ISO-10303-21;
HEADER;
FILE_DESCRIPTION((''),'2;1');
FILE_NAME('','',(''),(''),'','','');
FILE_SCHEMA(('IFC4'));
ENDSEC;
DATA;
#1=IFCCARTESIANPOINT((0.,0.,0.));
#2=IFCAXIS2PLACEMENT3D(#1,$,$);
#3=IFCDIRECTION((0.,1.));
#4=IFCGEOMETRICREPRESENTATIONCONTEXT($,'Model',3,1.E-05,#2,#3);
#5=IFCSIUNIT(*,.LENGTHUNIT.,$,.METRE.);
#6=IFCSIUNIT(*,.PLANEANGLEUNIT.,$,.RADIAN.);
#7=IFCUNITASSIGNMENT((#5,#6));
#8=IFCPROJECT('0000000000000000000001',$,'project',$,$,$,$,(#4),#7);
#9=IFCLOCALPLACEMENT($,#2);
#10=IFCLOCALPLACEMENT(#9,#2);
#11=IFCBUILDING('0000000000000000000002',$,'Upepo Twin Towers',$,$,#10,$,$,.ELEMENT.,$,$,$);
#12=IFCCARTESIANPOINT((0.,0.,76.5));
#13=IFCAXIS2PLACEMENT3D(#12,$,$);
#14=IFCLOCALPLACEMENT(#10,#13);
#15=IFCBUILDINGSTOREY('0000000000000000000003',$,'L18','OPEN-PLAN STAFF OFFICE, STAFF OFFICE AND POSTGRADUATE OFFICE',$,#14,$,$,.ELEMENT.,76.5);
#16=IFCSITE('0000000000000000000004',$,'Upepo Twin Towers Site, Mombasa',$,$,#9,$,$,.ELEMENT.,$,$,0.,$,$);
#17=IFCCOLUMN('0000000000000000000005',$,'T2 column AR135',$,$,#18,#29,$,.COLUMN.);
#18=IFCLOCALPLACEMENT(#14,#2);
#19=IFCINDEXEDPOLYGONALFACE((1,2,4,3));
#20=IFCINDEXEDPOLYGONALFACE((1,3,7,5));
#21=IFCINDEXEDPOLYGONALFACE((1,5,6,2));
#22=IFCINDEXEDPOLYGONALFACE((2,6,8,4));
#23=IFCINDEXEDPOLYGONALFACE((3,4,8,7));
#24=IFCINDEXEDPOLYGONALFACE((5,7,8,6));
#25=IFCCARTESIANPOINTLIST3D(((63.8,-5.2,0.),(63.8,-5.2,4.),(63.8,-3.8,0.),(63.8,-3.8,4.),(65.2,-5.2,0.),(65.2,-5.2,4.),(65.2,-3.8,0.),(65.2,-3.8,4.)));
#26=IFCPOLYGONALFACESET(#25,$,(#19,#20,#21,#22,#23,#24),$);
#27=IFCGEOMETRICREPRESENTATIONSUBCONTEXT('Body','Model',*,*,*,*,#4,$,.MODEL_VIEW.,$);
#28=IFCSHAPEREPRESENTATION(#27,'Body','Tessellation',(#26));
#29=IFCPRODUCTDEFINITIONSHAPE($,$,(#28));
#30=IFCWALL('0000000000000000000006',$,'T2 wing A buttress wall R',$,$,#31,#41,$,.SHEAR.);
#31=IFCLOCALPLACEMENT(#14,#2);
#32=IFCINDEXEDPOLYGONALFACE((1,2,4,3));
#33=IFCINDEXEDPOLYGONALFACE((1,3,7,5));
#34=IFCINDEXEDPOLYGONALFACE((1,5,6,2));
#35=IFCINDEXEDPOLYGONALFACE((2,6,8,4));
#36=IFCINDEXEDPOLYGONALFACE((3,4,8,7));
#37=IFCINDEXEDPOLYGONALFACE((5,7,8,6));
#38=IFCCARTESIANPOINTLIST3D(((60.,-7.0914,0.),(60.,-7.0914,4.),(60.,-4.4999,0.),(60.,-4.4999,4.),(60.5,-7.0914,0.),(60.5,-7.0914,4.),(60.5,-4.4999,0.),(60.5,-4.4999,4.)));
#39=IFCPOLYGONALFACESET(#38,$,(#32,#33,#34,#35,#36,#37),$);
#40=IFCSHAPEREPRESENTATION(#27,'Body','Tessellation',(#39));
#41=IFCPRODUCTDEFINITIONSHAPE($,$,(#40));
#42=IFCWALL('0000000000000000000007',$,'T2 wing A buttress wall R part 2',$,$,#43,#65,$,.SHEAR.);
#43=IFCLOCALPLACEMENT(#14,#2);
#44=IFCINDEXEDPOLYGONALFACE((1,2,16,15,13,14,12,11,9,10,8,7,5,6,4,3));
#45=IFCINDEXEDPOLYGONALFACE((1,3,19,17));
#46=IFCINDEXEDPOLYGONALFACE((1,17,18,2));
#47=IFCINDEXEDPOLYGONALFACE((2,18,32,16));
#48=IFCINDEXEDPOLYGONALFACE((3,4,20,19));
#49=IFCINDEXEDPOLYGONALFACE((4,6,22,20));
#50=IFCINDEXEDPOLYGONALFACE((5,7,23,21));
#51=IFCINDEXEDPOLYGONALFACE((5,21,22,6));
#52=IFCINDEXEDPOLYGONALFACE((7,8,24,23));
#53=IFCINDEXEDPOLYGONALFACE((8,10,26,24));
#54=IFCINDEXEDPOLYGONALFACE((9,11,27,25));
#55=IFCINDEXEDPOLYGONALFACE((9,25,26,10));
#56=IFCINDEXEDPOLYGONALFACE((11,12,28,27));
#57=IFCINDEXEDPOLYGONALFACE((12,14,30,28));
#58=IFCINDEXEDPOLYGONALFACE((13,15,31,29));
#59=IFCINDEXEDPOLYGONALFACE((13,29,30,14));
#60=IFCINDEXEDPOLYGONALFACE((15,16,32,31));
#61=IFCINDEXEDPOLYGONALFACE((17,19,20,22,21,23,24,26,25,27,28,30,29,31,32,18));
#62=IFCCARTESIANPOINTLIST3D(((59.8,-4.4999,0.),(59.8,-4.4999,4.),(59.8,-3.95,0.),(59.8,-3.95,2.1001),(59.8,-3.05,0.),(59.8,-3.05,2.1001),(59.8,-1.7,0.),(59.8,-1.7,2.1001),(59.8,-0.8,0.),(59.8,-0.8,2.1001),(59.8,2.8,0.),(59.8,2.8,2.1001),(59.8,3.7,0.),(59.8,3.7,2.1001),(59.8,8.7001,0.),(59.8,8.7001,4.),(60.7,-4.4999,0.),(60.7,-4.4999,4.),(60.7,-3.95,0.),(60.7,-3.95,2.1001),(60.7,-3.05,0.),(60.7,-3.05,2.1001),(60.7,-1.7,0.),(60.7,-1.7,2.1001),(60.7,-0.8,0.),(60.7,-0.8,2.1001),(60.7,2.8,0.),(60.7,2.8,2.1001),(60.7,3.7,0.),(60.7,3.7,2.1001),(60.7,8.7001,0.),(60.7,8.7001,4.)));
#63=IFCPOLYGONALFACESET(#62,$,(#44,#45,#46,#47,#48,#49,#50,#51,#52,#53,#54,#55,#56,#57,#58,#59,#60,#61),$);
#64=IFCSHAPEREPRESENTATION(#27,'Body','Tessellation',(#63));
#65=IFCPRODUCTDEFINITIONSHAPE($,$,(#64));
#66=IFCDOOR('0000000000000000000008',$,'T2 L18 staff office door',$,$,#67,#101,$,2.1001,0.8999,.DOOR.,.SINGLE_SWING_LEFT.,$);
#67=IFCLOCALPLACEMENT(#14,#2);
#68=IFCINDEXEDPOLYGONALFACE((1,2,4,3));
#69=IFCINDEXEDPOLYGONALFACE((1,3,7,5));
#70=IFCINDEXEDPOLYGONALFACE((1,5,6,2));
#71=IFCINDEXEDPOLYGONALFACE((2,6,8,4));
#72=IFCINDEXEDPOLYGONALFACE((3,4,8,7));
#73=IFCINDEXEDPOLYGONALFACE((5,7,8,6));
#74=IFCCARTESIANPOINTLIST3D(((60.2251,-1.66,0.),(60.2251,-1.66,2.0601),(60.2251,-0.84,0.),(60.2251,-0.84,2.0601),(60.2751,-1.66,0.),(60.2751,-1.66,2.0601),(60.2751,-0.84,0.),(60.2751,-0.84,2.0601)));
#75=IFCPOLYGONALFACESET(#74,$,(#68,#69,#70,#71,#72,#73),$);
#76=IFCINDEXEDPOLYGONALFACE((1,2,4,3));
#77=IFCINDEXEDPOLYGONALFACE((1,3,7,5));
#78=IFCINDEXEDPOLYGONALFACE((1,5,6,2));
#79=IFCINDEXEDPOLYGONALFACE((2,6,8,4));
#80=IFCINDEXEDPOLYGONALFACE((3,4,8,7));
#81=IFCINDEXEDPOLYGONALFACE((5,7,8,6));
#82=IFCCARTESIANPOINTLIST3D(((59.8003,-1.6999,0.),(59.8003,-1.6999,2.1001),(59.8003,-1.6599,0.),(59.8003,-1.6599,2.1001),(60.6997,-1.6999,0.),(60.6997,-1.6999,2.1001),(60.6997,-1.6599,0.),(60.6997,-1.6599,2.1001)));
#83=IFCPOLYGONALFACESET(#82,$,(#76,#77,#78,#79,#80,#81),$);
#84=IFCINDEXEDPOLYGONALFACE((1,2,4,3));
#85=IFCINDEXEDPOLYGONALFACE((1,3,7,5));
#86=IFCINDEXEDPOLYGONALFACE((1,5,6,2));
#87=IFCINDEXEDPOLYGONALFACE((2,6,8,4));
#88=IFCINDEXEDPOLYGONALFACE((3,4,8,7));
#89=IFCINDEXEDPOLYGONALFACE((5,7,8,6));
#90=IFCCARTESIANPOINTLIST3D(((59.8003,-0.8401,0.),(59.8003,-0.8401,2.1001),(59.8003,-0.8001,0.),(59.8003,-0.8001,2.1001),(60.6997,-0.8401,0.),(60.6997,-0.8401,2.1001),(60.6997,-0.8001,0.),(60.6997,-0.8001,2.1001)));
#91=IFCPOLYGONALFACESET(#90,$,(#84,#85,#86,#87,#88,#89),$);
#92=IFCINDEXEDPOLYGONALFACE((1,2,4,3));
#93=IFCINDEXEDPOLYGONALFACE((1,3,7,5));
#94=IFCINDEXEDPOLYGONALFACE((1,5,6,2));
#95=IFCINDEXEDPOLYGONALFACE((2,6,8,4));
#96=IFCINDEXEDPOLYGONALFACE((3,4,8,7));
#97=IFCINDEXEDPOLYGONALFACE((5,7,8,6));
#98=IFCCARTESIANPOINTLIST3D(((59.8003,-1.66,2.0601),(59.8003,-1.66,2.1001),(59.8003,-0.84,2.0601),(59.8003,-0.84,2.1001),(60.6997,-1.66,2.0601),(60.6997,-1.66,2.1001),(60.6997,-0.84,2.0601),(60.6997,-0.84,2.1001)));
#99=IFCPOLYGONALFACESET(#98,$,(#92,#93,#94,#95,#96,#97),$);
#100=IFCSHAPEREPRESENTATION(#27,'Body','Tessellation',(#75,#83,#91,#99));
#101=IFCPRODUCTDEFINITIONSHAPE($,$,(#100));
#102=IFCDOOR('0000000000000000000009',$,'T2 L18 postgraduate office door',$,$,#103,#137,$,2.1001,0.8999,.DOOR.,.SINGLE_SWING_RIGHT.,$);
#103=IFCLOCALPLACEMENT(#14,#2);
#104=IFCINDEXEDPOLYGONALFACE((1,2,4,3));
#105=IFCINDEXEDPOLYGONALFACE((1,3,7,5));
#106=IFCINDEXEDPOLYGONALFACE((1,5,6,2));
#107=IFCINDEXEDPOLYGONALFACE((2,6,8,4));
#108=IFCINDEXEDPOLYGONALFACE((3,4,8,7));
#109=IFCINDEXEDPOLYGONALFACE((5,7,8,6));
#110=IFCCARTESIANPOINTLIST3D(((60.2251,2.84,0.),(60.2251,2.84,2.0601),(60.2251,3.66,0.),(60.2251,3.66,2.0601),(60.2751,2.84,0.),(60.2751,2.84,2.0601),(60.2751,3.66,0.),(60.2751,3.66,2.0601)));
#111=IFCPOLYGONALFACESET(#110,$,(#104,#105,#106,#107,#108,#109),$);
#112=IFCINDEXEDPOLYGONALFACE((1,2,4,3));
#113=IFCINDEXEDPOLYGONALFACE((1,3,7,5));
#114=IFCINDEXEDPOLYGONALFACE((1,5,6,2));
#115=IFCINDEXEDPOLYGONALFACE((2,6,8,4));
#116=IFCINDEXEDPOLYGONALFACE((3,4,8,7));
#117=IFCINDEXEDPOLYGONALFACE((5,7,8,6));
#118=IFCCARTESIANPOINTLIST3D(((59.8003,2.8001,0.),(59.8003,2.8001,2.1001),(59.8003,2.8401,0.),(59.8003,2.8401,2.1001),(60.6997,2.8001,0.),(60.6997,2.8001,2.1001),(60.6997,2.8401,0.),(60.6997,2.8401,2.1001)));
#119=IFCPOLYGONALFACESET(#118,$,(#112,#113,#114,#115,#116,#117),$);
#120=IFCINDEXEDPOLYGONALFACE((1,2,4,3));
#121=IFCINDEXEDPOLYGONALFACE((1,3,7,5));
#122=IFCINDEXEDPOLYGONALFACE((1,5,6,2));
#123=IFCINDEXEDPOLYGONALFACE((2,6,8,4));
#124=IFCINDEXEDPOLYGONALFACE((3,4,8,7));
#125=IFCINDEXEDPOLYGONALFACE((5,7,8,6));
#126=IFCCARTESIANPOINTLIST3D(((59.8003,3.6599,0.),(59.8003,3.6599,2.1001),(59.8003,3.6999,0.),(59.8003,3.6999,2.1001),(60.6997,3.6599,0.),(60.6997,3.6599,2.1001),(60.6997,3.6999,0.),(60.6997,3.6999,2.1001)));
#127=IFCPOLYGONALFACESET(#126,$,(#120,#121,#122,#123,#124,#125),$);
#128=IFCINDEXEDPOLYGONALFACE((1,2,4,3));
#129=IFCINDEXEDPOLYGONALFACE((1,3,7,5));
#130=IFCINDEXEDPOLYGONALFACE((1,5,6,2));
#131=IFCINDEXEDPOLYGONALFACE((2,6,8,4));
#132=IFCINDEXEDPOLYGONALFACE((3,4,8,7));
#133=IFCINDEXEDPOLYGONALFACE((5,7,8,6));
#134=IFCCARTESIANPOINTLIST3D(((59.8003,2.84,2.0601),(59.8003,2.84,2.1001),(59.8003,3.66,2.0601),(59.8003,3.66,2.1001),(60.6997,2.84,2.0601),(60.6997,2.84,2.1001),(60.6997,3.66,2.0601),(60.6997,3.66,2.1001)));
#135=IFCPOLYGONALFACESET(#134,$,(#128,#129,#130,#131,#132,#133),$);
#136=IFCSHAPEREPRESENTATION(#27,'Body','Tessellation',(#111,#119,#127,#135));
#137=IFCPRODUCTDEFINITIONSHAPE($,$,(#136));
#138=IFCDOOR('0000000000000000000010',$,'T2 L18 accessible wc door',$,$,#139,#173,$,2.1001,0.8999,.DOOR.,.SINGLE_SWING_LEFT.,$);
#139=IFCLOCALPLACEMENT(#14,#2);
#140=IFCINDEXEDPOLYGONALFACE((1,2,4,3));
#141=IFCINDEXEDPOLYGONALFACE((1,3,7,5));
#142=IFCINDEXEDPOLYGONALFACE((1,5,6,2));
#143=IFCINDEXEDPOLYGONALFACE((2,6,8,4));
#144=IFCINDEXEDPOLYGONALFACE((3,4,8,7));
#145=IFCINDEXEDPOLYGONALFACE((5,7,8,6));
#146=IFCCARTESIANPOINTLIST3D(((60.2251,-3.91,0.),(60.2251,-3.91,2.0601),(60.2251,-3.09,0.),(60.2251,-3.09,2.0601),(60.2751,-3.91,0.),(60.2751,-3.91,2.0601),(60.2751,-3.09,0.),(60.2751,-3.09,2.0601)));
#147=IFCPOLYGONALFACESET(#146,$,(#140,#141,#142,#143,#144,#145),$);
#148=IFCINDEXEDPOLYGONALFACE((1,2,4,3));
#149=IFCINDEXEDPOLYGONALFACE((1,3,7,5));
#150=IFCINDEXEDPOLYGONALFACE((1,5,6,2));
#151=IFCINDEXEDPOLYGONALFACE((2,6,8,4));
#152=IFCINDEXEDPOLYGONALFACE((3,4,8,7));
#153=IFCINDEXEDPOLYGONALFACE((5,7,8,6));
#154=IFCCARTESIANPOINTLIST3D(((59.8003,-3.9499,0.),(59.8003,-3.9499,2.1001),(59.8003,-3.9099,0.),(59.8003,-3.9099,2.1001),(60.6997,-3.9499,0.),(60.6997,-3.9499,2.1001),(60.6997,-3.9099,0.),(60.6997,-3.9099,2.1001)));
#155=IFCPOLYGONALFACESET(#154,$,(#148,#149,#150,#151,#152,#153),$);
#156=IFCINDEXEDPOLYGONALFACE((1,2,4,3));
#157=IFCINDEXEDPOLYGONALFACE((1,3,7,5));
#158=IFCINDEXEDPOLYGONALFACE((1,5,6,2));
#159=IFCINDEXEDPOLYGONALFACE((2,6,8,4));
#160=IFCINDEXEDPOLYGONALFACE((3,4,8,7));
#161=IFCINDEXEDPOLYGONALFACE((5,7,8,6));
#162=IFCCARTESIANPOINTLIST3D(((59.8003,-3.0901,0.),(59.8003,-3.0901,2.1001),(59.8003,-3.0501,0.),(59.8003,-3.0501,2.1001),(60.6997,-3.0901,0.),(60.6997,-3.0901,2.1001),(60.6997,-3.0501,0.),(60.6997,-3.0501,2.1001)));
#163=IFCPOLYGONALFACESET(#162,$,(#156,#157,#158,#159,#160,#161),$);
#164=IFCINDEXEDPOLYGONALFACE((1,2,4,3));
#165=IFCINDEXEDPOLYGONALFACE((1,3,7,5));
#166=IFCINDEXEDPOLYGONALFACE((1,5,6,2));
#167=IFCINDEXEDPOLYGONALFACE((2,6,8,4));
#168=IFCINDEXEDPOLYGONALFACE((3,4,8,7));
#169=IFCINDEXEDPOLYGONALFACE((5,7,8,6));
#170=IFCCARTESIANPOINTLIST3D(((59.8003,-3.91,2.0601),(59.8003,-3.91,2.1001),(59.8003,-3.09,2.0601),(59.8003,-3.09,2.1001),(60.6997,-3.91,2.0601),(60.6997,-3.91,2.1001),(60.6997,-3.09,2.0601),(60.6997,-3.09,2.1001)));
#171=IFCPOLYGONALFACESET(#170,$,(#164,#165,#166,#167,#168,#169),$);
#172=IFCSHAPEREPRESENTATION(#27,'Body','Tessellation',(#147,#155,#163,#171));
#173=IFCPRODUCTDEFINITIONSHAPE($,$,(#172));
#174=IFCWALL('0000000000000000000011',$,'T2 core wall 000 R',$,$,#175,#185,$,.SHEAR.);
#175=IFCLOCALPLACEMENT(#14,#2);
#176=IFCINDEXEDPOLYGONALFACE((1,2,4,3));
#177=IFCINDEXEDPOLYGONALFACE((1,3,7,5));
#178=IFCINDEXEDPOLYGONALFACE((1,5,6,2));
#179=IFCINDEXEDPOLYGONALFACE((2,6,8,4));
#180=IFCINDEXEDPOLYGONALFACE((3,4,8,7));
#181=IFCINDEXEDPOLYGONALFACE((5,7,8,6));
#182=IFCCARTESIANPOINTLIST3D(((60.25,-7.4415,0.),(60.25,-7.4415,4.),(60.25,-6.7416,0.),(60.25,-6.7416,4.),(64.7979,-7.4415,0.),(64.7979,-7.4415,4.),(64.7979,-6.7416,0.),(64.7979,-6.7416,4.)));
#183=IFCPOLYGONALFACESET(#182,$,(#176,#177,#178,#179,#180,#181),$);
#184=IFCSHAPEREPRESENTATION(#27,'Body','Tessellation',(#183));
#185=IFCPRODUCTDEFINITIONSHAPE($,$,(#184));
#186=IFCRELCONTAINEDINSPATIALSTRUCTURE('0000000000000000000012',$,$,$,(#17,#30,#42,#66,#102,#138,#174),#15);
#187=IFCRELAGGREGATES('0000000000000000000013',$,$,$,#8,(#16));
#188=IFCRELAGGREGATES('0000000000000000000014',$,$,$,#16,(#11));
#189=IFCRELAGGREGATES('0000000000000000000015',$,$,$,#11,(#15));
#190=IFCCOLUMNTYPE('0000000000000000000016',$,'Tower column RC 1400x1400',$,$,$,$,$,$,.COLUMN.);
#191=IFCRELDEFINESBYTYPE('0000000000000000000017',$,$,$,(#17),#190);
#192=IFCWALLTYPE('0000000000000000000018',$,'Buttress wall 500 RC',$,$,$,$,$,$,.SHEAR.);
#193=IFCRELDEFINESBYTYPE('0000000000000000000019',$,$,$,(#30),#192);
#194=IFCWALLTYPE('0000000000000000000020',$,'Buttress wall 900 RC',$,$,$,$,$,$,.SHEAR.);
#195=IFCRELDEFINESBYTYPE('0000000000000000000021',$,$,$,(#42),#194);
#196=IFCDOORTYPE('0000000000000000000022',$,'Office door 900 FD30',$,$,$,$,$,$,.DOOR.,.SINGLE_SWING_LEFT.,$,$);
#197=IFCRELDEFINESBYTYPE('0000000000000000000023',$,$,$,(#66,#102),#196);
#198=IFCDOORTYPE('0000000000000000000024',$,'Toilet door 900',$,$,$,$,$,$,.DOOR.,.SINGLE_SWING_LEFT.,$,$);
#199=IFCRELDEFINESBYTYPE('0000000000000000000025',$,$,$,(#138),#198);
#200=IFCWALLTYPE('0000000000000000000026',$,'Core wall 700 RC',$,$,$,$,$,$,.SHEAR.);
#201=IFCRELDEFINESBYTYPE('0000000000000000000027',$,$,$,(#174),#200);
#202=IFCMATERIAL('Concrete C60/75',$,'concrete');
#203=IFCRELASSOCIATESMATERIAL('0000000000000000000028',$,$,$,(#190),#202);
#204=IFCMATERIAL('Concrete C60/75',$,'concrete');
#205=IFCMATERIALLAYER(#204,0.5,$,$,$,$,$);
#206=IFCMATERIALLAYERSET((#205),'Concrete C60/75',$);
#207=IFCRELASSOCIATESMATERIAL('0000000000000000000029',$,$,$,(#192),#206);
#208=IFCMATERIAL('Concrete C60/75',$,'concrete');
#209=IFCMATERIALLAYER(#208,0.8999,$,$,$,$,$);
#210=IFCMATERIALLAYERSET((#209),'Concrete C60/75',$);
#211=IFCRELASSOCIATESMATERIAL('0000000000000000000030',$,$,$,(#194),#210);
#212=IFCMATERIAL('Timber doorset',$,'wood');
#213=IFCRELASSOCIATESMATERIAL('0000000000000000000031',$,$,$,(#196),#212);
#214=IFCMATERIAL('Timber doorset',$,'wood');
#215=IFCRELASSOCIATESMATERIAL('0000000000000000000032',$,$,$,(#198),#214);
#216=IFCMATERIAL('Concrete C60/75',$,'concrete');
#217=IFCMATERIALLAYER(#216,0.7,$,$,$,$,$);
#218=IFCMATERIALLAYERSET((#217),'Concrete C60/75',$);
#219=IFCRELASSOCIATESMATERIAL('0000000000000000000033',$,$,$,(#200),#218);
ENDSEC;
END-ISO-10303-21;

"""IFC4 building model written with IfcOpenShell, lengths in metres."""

from ifc_helpers import new_model, si_unit, direction, frame, frame_2d, origin, origin_2d, place, context, subcontext, project, spatial, rectangle, extrude, material, layer, layer_set, material_profile, profile_set, type_object, element, fill, save


model = new_model("IFC4")

# Units and contexts
model_context = context("Model", 3, precision=1e-05, world=origin(), true_north=direction((0.0, 1.0)))
body_context = subcontext(model_context, "Body", "Model", "MODEL_VIEW")
ifc_project = project(units=[si_unit("LENGTHUNIT", "METRE"), si_unit("PLANEANGLEUNIT", "RADIAN")], contexts=[model_context])

# Site, building, storey
site_placement = place(None, origin())
site = spatial("IfcSite", under=ifc_project, at=site_placement, Name="Upepo Twin Towers Site, Mombasa", CompositionType="ELEMENT", RefElevation=0.0)
building_placement = place(site_placement, origin())
building = spatial("IfcBuilding", under=site, at=building_placement, Name="Upepo Twin Towers", CompositionType="ELEMENT")
storey_placement = place(building_placement, frame((0.0, 0.0, 76.5)))
storey = spatial("IfcBuildingStorey", under=building, at=storey_placement, Name="L18", Description="OPEN-PLAN STAFF OFFICE, STAFF OFFICE AND POSTGRADUATE OFFICE", CompositionType="ELEMENT", Elevation=76.5)

# Column
ifc_material_1 = material(Name="Concrete C60/75", Category="concrete")
ifc_material_profile = material_profile(ifc_material_1, rectangle(XDim=1.3999, YDim=1.3999, at=origin_2d()), Name="RC 1400x1400")
ifc_profile_set = profile_set([ifc_material_profile], Name="Concrete C60/75")
column_type = type_object("IfcColumnType", Name="Tower column RC 1400x1400", PredefinedType="COLUMN", material=ifc_profile_set)
column_placement = place(storey_placement, frame((64.5, -4.5, 0.0), z_axis=(0.0, 0.0, 1.0), x_axis=(1.0, 0.0, 0.0)))
element("IfcColumn", 1, at=column_placement, inside=storey, type_object=column_type, Name="T2 column AR135", PredefinedType="COLUMN", context=body_context, shape_type="SweptSolid", body=[
    extrude(rectangle(XDim=1.3999, YDim=1.3999, at=origin_2d()), origin(), (0.0, 0.0, 1.0), 4.0),
])

# Wall
ifc_material_2 = material(Name="Concrete C60/75", Category="concrete")
ifc_layer_1 = layer(ifc_material_2, 0.5)
ifc_layer_set_1 = layer_set([ifc_layer_1], Name="Concrete C60/75")
wall_type_1 = type_object("IfcWallType", Name="Buttress wall 500 RC", PredefinedType="SHEAR", material=ifc_layer_set_1)
wall_1_placement = place(storey_placement, frame((60.25, -7.0916, 0.0), z_axis=(0.0, 0.0, 1.0), x_axis=(0.0, 1.0, 0.0)))
element("IfcWall", 2, at=wall_1_placement, inside=storey, type_object=wall_type_1, Name="T2 wing A buttress wall R", PredefinedType="SHEAR", context=body_context, shape_type="SweptSolid", body=[
    extrude(rectangle(XDim=2.5916, YDim=0.5, at=frame_2d((1.2959, 0.0))), origin(), (0.0, 0.0, 1.0), 4.0),
])

# Wall, openings, doors
ifc_material_3 = material(Name="Concrete C60/75", Category="concrete")
ifc_layer_2 = layer(ifc_material_3, 0.8999)
ifc_layer_set_2 = layer_set([ifc_layer_2], Name="Concrete C60/75")
wall_type_2 = type_object("IfcWallType", Name="Buttress wall 900 RC", PredefinedType="SHEAR", material=ifc_layer_set_2)
wall_2_placement = place(storey_placement, frame((60.25, -4.5, 0.0), z_axis=(0.0, 0.0, 1.0), x_axis=(0.0, 1.0, 0.0)))
wall_2 = element("IfcWall", 3, at=wall_2_placement, inside=storey, type_object=wall_type_2, Name="T2 wing A buttress wall R part 2", PredefinedType="SHEAR", context=body_context, shape_type="SweptSolid", body=[
    extrude(rectangle(XDim=13.2, YDim=0.8999, at=frame_2d((6.6001, 0.0))), origin(), (0.0, 0.0, 1.0), 4.0),
])
opening_1_placement = place(wall_2_placement, frame((0.55, 0.0, 0.0)))
opening_1 = element("IfcOpeningElement", 4, at=opening_1_placement, cuts=wall_2, PredefinedType="OPENING", context=body_context, shape_type="SweptSolid", body=[
    extrude(rectangle(XDim=0.8999, YDim=2.1001, at=frame_2d((0.45, 1.05))), frame((0.0, 0.46, 0.0), z_axis=(0.0, -1.0, 0.0), x_axis=(1.0, 0.0, 0.0)), (0.0, 0.0, 1.0), 0.9199),
])
opening_2_placement = place(wall_2_placement, frame((2.8, 0.0, 0.0)))
opening_2 = element("IfcOpeningElement", 5, at=opening_2_placement, cuts=wall_2, PredefinedType="OPENING", context=body_context, shape_type="SweptSolid", body=[
    extrude(rectangle(XDim=0.8999, YDim=2.1001, at=frame_2d((0.45, 1.05))), frame((0.0, 0.46, 0.0), z_axis=(0.0, -1.0, 0.0), x_axis=(1.0, 0.0, 0.0)), (0.0, 0.0, 1.0), 0.9199),
])
opening_3_placement = place(wall_2_placement, frame((7.3, 0.0, 0.0)))
opening_3 = element("IfcOpeningElement", 6, at=opening_3_placement, cuts=wall_2, PredefinedType="OPENING", context=body_context, shape_type="SweptSolid", body=[
    extrude(rectangle(XDim=0.8999, YDim=2.1001, at=frame_2d((0.45, 1.05))), frame((0.0, 0.46, 0.0), z_axis=(0.0, -1.0, 0.0), x_axis=(1.0, 0.0, 0.0)), (0.0, 0.0, 1.0), 0.9199),
])
ifc_material_4 = material(Name="Timber doorset", Category="wood")
door_type_1 = type_object("IfcDoorType", Name="Office door 900 FD30", OperationType="SINGLE_SWING_LEFT", PredefinedType="DOOR", material=ifc_material_4)
door_1_placement = place(opening_2_placement, origin())
door_1 = element("IfcDoor", 7, at=door_1_placement, inside=storey, type_object=door_type_1, Name="T2 L18 staff office door", OperationType="SINGLE_SWING_LEFT", OverallHeight=2.1001, OverallWidth=0.8999, PredefinedType="DOOR", context=body_context, shape_type="SweptSolid", body=[
    extrude(rectangle(XDim=0.8199, YDim=2.0601, at=frame_2d((0.45, 1.03))), frame((0.0, 0.0249, 0.0), z_axis=(0.0, -1.0, 0.0), x_axis=(1.0, 0.0, 0.0)), (0.0, 0.0, 1.0), 0.05),
    extrude(rectangle(XDim=0.04, YDim=2.1001, at=frame_2d((0.02, 1.05))), frame((0.0, 0.4497, 0.0), z_axis=(0.0, -1.0, 0.0), x_axis=(1.0, 0.0, 0.0)), (0.0, 0.0, 1.0), 0.8994),
    extrude(rectangle(XDim=0.04, YDim=2.1001, at=frame_2d((0.8799, 1.05))), frame((0.0, 0.4497, 0.0), z_axis=(0.0, -1.0, 0.0), x_axis=(1.0, 0.0, 0.0)), (0.0, 0.0, 1.0), 0.8994),
    extrude(rectangle(XDim=0.8199, YDim=0.04, at=frame_2d((0.45, 2.0801))), frame((0.0, 0.4497, 0.0), z_axis=(0.0, -1.0, 0.0), x_axis=(1.0, 0.0, 0.0)), (0.0, 0.0, 1.0), 0.8994),
])
fill(opening_2, door_1)
door_2_placement = place(opening_3_placement, origin())
door_2 = element("IfcDoor", 8, at=door_2_placement, inside=storey, type_object=door_type_1, Name="T2 L18 postgraduate office door", OperationType="SINGLE_SWING_RIGHT", OverallHeight=2.1001, OverallWidth=0.8999, PredefinedType="DOOR", context=body_context, shape_type="SweptSolid", body=[
    extrude(rectangle(XDim=0.8199, YDim=2.0601, at=frame_2d((0.45, 1.03))), frame((0.0, 0.0249, 0.0), z_axis=(0.0, -1.0, 0.0), x_axis=(1.0, 0.0, 0.0)), (0.0, 0.0, 1.0), 0.05),
    extrude(rectangle(XDim=0.04, YDim=2.1001, at=frame_2d((0.02, 1.05))), frame((0.0, 0.4497, 0.0), z_axis=(0.0, -1.0, 0.0), x_axis=(1.0, 0.0, 0.0)), (0.0, 0.0, 1.0), 0.8994),
    extrude(rectangle(XDim=0.04, YDim=2.1001, at=frame_2d((0.8799, 1.05))), frame((0.0, 0.4497, 0.0), z_axis=(0.0, -1.0, 0.0), x_axis=(1.0, 0.0, 0.0)), (0.0, 0.0, 1.0), 0.8994),
    extrude(rectangle(XDim=0.8199, YDim=0.04, at=frame_2d((0.45, 2.0801))), frame((0.0, 0.4497, 0.0), z_axis=(0.0, -1.0, 0.0), x_axis=(1.0, 0.0, 0.0)), (0.0, 0.0, 1.0), 0.8994),
])
fill(opening_3, door_2)
ifc_material_5 = material(Name="Timber doorset", Category="wood")
door_type_2 = type_object("IfcDoorType", Name="Toilet door 900", OperationType="SINGLE_SWING_LEFT", PredefinedType="DOOR", material=ifc_material_5)
door_3_placement = place(opening_1_placement, origin())
door_3 = element("IfcDoor", 9, at=door_3_placement, inside=storey, type_object=door_type_2, Name="T2 L18 accessible wc door", OperationType="SINGLE_SWING_LEFT", OverallHeight=2.1001, OverallWidth=0.8999, PredefinedType="DOOR", context=body_context, shape_type="SweptSolid", body=[
    extrude(rectangle(XDim=0.8199, YDim=2.0601, at=frame_2d((0.45, 1.03))), frame((0.0, 0.0249, 0.0), z_axis=(0.0, -1.0, 0.0), x_axis=(1.0, 0.0, 0.0)), (0.0, 0.0, 1.0), 0.05),
    extrude(rectangle(XDim=0.04, YDim=2.1001, at=frame_2d((0.02, 1.05))), frame((0.0, 0.4497, 0.0), z_axis=(0.0, -1.0, 0.0), x_axis=(1.0, 0.0, 0.0)), (0.0, 0.0, 1.0), 0.8994),
    extrude(rectangle(XDim=0.04, YDim=2.1001, at=frame_2d((0.8799, 1.05))), frame((0.0, 0.4497, 0.0), z_axis=(0.0, -1.0, 0.0), x_axis=(1.0, 0.0, 0.0)), (0.0, 0.0, 1.0), 0.8994),
    extrude(rectangle(XDim=0.8199, YDim=0.04, at=frame_2d((0.45, 2.0801))), frame((0.0, 0.4497, 0.0), z_axis=(0.0, -1.0, 0.0), x_axis=(1.0, 0.0, 0.0)), (0.0, 0.0, 1.0), 0.8994),
])
fill(opening_1, door_3)

# Wall
ifc_material_6 = material(Name="Concrete C60/75", Category="concrete")
ifc_layer_3 = layer(ifc_material_6, 0.7)
ifc_layer_set_3 = layer_set([ifc_layer_3], Name="Concrete C60/75")
wall_type_3 = type_object("IfcWallType", Name="Core wall 700 RC", PredefinedType="SHEAR", material=ifc_layer_set_3)
wall_3_placement = place(storey_placement, frame((64.7979, -7.0916, 0.0), z_axis=(0.0, 0.0, 1.0), x_axis=(-1.0, 0.0, 0.0)))
element("IfcWall", 10, at=wall_3_placement, inside=storey, type_object=wall_type_3, Name="T2 core wall 000 R", PredefinedType="SHEAR", context=body_context, shape_type="SweptSolid", body=[
    extrude(rectangle(XDim=4.5479, YDim=0.7, at=frame_2d((2.2739, 0.0))), origin(), (0.0, 0.0, 1.0), 4.0),
])

save(model, "model.ifc")
